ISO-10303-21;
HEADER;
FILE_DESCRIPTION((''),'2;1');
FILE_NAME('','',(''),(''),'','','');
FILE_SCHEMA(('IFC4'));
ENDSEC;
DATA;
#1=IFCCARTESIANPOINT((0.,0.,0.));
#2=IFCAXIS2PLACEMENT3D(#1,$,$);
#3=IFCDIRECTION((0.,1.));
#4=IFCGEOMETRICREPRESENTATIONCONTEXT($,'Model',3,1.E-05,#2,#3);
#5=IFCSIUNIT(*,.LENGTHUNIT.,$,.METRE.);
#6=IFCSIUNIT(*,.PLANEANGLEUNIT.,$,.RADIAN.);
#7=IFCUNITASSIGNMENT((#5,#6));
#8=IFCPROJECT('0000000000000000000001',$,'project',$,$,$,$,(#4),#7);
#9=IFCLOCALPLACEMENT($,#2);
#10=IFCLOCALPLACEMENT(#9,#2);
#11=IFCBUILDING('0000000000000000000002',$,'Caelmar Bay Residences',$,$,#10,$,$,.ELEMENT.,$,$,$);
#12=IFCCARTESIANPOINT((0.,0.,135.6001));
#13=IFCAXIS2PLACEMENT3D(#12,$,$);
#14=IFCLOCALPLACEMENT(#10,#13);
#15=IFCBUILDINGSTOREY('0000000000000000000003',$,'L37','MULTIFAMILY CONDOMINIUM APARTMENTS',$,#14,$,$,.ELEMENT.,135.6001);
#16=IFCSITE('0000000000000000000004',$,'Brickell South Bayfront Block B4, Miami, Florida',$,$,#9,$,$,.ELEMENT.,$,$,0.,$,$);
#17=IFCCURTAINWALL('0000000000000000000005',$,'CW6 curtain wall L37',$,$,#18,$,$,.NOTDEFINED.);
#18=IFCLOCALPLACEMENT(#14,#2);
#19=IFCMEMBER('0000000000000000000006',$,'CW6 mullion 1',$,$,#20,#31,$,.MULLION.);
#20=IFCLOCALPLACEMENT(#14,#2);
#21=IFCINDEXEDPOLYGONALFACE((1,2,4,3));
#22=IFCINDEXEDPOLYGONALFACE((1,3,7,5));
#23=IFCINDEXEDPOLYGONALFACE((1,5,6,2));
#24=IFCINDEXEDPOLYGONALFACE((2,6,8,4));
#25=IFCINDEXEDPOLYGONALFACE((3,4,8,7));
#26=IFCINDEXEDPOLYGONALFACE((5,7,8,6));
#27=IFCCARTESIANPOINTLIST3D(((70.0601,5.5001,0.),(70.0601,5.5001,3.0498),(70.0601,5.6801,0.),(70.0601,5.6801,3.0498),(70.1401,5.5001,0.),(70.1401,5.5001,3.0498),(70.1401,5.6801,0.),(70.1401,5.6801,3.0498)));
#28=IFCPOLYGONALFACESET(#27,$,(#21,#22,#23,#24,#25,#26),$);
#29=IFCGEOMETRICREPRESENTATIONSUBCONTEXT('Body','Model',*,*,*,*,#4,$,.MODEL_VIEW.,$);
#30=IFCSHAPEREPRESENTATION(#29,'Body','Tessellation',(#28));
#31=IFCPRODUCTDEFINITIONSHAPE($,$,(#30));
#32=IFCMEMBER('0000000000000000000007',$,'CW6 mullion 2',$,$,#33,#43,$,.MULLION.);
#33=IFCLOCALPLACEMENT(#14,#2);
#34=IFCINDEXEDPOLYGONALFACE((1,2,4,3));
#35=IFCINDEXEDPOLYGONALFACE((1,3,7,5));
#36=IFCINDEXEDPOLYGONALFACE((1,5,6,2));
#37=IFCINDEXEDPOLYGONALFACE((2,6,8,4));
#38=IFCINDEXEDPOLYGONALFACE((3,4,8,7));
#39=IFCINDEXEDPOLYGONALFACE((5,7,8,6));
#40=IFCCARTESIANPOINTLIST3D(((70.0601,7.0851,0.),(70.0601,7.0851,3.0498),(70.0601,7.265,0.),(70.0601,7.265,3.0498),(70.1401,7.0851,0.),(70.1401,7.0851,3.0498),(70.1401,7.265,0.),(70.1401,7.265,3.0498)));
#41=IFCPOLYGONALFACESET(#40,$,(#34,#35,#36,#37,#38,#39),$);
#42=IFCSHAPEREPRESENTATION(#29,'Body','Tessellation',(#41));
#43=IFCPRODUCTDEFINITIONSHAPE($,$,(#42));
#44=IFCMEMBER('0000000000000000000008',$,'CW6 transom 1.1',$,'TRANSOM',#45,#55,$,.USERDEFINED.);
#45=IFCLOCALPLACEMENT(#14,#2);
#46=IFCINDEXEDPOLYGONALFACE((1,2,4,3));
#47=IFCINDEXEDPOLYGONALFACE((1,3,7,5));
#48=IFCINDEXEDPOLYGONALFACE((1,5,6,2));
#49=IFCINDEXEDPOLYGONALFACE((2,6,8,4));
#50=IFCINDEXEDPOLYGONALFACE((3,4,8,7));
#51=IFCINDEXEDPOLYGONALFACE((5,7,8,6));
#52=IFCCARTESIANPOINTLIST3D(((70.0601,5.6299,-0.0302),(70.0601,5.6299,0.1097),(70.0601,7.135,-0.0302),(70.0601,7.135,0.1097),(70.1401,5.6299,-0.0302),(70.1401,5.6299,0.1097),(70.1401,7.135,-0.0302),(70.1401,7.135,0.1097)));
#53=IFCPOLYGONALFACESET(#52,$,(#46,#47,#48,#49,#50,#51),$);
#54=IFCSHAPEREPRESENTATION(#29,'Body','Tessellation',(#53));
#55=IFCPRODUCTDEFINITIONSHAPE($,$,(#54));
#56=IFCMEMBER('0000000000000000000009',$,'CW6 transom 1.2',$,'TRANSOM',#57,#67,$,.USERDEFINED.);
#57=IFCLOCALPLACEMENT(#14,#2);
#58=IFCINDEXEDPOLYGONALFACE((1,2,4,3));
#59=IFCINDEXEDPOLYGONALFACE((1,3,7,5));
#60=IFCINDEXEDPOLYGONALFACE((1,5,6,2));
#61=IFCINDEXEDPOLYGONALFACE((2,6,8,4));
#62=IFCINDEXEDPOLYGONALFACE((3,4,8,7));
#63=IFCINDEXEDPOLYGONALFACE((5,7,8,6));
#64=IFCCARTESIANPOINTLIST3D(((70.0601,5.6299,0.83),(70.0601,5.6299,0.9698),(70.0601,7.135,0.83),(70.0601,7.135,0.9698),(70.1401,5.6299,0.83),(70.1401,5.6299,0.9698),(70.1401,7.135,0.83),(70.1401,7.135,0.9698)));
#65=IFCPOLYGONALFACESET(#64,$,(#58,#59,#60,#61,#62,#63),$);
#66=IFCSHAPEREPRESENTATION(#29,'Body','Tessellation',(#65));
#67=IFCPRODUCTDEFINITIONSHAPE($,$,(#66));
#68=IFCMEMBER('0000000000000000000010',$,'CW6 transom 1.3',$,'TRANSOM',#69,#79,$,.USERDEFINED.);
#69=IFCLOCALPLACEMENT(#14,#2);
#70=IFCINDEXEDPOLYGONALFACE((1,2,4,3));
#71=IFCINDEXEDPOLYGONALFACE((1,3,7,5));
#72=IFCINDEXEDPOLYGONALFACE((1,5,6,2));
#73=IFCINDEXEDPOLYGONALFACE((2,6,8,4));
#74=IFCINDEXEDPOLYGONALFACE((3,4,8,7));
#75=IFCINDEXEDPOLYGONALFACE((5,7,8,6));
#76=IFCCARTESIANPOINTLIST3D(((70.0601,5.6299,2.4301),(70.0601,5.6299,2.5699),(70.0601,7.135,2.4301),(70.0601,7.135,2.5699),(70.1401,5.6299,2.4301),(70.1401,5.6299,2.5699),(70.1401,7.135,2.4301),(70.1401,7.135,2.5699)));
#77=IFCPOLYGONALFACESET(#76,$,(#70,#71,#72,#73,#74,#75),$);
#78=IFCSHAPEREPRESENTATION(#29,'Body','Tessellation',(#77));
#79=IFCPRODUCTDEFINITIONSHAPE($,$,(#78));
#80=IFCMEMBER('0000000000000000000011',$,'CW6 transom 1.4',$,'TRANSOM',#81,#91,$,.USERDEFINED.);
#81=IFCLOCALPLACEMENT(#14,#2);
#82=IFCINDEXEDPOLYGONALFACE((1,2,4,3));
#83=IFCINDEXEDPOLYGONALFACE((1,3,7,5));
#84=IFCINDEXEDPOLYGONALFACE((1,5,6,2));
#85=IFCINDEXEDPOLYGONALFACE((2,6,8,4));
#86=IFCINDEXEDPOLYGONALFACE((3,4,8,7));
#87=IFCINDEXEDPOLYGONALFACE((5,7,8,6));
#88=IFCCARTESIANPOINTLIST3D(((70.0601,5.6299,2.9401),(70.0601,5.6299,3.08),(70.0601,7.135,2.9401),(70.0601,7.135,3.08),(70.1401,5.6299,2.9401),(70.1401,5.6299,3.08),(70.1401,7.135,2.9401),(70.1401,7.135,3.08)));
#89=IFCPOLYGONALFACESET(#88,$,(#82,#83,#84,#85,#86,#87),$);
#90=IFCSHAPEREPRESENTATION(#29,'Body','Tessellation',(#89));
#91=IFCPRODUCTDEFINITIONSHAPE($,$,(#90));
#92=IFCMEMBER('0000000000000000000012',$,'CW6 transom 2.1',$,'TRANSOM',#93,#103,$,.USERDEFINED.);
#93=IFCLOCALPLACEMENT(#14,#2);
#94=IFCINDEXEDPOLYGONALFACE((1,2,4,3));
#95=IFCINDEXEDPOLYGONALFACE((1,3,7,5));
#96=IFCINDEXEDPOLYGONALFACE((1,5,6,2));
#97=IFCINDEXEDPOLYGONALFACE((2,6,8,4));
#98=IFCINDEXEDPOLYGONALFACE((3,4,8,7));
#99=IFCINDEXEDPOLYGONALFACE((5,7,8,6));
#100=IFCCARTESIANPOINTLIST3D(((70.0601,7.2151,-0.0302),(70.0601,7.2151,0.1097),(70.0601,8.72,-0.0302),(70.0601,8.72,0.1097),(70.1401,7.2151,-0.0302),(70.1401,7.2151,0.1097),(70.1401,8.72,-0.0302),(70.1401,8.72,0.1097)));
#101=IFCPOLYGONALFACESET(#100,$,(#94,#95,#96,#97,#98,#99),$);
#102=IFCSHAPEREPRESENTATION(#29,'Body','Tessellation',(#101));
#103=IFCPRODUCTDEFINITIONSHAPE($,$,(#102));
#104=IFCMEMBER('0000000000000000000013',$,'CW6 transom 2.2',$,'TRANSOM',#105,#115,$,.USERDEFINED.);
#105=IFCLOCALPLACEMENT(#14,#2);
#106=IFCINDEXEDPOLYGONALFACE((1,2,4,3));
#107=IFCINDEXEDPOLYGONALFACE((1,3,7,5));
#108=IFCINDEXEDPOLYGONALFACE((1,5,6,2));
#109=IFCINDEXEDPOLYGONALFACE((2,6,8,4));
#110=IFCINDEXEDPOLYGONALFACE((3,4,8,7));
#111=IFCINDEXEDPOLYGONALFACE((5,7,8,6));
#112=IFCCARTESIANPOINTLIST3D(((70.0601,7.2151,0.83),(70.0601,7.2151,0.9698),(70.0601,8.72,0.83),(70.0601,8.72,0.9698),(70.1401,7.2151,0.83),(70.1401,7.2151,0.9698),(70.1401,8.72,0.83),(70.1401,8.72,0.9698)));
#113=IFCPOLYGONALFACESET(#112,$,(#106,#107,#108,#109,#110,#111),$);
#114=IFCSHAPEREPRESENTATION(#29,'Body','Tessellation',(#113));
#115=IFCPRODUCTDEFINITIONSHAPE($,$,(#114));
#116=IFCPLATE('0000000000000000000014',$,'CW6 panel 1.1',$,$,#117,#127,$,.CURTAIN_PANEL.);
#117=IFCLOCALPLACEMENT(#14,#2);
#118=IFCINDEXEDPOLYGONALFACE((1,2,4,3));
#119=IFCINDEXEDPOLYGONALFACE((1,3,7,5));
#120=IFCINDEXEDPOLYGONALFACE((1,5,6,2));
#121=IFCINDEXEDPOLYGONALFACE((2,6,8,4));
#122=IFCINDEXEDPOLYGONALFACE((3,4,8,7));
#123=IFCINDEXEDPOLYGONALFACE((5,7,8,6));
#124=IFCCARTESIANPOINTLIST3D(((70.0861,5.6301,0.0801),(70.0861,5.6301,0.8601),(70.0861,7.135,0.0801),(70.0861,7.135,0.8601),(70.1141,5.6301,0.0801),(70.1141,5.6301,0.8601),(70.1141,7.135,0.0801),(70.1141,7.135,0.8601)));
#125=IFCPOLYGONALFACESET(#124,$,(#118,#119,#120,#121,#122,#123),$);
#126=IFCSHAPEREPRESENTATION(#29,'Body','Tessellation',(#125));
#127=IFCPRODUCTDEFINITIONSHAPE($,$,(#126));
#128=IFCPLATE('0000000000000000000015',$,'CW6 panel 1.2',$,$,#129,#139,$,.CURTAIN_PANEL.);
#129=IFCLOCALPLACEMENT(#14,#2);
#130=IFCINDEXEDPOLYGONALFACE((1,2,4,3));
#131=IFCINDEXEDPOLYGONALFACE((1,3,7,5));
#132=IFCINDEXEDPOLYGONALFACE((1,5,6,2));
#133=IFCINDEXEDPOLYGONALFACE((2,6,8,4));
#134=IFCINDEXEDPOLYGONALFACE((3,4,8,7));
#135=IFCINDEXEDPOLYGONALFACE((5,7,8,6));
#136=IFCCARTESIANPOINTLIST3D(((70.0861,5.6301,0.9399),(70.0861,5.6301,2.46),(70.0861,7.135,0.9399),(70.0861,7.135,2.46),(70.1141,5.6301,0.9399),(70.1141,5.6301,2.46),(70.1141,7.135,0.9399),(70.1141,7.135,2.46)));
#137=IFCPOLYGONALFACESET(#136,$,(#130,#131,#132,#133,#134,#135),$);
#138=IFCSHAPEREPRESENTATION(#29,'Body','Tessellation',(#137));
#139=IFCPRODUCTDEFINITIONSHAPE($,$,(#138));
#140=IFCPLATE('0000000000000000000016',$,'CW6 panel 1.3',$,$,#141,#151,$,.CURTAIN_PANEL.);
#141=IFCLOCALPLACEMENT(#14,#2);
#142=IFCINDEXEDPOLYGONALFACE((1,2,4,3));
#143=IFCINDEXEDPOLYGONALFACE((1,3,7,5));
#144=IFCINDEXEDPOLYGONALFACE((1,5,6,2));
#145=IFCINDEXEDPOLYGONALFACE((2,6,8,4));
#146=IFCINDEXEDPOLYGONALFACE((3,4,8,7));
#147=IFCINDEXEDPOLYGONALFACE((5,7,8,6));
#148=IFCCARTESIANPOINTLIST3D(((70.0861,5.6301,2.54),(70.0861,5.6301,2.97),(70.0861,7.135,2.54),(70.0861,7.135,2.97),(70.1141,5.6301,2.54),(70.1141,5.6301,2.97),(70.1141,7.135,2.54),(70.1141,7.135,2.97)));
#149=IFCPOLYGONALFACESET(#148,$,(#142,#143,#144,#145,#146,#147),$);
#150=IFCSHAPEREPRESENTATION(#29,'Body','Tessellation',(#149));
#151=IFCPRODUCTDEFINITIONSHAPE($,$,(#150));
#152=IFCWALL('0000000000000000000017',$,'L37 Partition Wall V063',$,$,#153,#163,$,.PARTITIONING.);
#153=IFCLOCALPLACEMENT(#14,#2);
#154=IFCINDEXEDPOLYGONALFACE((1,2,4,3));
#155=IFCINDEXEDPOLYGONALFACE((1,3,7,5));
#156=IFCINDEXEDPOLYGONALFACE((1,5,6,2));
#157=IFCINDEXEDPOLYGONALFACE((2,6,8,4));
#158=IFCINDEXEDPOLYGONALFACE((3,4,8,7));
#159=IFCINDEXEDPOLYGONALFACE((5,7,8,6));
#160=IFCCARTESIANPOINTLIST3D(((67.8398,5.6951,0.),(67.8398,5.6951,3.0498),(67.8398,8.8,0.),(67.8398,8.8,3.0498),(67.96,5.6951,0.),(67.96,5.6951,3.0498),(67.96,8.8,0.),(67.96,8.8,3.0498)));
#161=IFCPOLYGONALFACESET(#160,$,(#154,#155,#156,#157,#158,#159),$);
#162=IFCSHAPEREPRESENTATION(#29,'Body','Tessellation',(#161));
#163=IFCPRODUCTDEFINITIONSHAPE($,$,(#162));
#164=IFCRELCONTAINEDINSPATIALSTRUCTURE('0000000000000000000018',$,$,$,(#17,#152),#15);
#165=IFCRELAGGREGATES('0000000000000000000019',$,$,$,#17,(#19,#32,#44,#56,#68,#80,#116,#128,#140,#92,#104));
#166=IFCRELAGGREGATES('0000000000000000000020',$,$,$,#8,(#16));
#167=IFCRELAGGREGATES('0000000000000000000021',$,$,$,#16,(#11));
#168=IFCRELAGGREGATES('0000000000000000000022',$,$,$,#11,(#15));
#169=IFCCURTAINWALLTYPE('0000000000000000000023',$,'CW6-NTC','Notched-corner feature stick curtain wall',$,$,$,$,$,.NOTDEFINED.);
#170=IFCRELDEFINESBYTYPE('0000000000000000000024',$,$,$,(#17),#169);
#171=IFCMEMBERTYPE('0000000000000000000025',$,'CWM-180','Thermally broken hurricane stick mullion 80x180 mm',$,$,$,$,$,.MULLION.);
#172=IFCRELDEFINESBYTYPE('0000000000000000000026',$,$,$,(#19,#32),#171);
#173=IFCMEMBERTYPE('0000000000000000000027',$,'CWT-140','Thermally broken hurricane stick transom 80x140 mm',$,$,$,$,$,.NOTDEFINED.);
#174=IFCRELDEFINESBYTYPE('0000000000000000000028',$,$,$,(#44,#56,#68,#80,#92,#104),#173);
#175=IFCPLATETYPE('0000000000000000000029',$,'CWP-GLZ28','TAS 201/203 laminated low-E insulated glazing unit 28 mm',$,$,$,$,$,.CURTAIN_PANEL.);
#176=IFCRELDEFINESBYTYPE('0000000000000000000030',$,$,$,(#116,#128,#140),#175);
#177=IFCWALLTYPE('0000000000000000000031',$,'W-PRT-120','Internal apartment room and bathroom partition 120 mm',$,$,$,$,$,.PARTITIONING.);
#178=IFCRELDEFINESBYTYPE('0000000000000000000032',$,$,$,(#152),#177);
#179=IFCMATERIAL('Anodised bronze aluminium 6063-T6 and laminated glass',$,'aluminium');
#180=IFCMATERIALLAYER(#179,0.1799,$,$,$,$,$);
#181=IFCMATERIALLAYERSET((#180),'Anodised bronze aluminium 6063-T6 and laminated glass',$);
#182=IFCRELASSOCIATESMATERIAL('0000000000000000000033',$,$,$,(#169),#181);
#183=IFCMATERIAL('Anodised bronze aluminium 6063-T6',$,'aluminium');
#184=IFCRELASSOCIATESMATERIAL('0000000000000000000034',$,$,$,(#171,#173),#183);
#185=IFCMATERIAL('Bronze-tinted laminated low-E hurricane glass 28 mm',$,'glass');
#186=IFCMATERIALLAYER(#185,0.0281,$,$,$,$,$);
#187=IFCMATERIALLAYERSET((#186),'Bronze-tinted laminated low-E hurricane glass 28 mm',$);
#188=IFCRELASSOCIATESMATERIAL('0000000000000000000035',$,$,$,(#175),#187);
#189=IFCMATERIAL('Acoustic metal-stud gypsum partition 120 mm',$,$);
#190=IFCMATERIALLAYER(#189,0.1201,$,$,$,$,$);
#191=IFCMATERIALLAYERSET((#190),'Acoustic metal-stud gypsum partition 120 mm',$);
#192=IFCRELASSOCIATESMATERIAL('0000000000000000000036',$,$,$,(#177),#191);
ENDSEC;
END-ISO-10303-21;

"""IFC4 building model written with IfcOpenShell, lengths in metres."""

from ifc_helpers import new_model, si_unit, direction, frame, frame_2d, origin, origin_2d, place, context, subcontext, project, spatial, rectangle, extrude, material, layer, layer_set, material_profile, profile_set, type_object, element, aggregate, save


model = new_model("IFC4")

# Units and contexts
model_context = context("Model", 3, precision=1e-05, world=origin(), true_north=direction((0.0, 1.0)))
body_context = subcontext(model_context, "Body", "Model", "MODEL_VIEW")
ifc_project = project(units=[si_unit("LENGTHUNIT", "METRE"), si_unit("PLANEANGLEUNIT", "RADIAN")], contexts=[model_context])

# Site, building, storey
site_placement = place(None, origin())
site = spatial("IfcSite", under=ifc_project, at=site_placement, Name="Brickell South Bayfront Block B4, Miami, Florida", CompositionType="ELEMENT", RefElevation=0.0)
building_placement = place(site_placement, origin())
building = spatial("IfcBuilding", under=site, at=building_placement, Name="Caelmar Bay Residences", CompositionType="ELEMENT")
storey_placement = place(building_placement, frame((0.0, 0.0, 135.6001)))
storey = spatial("IfcBuildingStorey", under=building, at=storey_placement, Name="L37", Description="MULTIFAMILY CONDOMINIUM APARTMENTS", CompositionType="ELEMENT", Elevation=135.6001)

# Curtain wall, members, plates
ifc_material_1 = material(Name="Anodised bronze aluminium 6063-T6 and laminated glass", Category="aluminium")
ifc_layer_1 = layer(ifc_material_1, 0.1799)
ifc_layer_set_1 = layer_set([ifc_layer_1], Name="Anodised bronze aluminium 6063-T6 and laminated glass")
curtain_wall_type = type_object("IfcCurtainWallType", Name="CW6-NTC", Description="Notched-corner feature stick curtain wall", PredefinedType="NOTDEFINED", material=ifc_layer_set_1)
curtain_wall_placement = place(storey_placement, origin())
curtain_wall = element("IfcCurtainWall", 1, at=curtain_wall_placement, inside=storey, type_object=curtain_wall_type, Name="CW6 curtain wall L37", PredefinedType="NOTDEFINED")
ifc_material_2 = material(Name="Anodised bronze aluminium 6063-T6", Category="aluminium")
ifc_material_profile_1 = material_profile(ifc_material_2, rectangle(XDim=0.0801, YDim=0.1799, at=origin_2d()), Name="CWM-80X180")
ifc_profile_set_1 = profile_set([ifc_material_profile_1], Name="Anodised bronze aluminium 6063-T6")
member_type_1 = type_object("IfcMemberType", Name="CWM-180", Description="Thermally broken hurricane stick mullion 80x180 mm", PredefinedType="MULLION", material=ifc_profile_set_1)
member_1_placement = place(storey_placement, frame((70.1001, 5.5901, 0.0), z_axis=(0.0, 0.0, 1.0), x_axis=(-1.0, 0.0, 0.0)))
member_1 = element("IfcMember", 2, at=member_1_placement, type_object=member_type_1, Name="CW6 mullion 1", PredefinedType="MULLION", context=body_context, shape_type="SweptSolid", body=[
    extrude(rectangle(XDim=0.0801, YDim=0.1799, at=origin_2d()), origin(), (0.0, 0.0, 1.0), 3.0498),
])
member_2_placement = place(storey_placement, frame((70.1001, 7.175, 0.0), z_axis=(0.0, 0.0, 1.0), x_axis=(-1.0, 0.0, 0.0)))
member_2 = element("IfcMember", 3, at=member_2_placement, type_object=member_type_1, Name="CW6 mullion 2", PredefinedType="MULLION", context=body_context, shape_type="SweptSolid", body=[
    extrude(rectangle(XDim=0.0801, YDim=0.1799, at=origin_2d()), origin(), (0.0, 0.0, 1.0), 3.0498),
])
ifc_material_profile_2 = material_profile(ifc_material_2, rectangle(XDim=0.0801, YDim=0.1399, at=origin_2d()), Name="CWT-80X140")
ifc_profile_set_2 = profile_set([ifc_material_profile_2], Name="Anodised bronze aluminium 6063-T6")
member_type_2 = type_object("IfcMemberType", Name="CWT-140", Description="Thermally broken hurricane stick transom 80x140 mm", PredefinedType="NOTDEFINED", material=ifc_profile_set_2)
member_3_placement = place(storey_placement, frame((70.1001, 5.6299, 0.0398), z_axis=(0.0, 1.0, 0.0), x_axis=(-1.0, 0.0, 0.0)))
member_3 = element("IfcMember", 4, at=member_3_placement, type_object=member_type_2, Name="CW6 transom 1.1", ObjectType="TRANSOM", PredefinedType="USERDEFINED", context=body_context, shape_type="SweptSolid", body=[
    extrude(rectangle(XDim=0.0801, YDim=0.1399, at=origin_2d()), origin(), (0.0, 0.0, 1.0), 1.5051),
])
member_4_placement = place(storey_placement, frame((70.1001, 5.6299, 0.8999), z_axis=(0.0, 1.0, 0.0), x_axis=(-1.0, 0.0, 0.0)))
member_4 = element("IfcMember", 5, at=member_4_placement, type_object=member_type_2, Name="CW6 transom 1.2", ObjectType="TRANSOM", PredefinedType="USERDEFINED", context=body_context, shape_type="SweptSolid", body=[
    extrude(rectangle(XDim=0.0801, YDim=0.1399, at=origin_2d()), origin(), (0.0, 0.0, 1.0), 1.5051),
])
member_5_placement = place(storey_placement, frame((70.1001, 5.6299, 2.5), z_axis=(0.0, 1.0, 0.0), x_axis=(-1.0, 0.0, 0.0)))
member_5 = element("IfcMember", 6, at=member_5_placement, type_object=member_type_2, Name="CW6 transom 1.3", ObjectType="TRANSOM", PredefinedType="USERDEFINED", context=body_context, shape_type="SweptSolid", body=[
    extrude(rectangle(XDim=0.0801, YDim=0.1399, at=origin_2d()), origin(), (0.0, 0.0, 1.0), 1.5051),
])
member_6_placement = place(storey_placement, frame((70.1001, 5.6299, 3.01), z_axis=(0.0, 1.0, 0.0), x_axis=(-1.0, 0.0, 0.0)))
member_6 = element("IfcMember", 7, at=member_6_placement, type_object=member_type_2, Name="CW6 transom 1.4", ObjectType="TRANSOM", PredefinedType="USERDEFINED", context=body_context, shape_type="SweptSolid", body=[
    extrude(rectangle(XDim=0.0801, YDim=0.1399, at=origin_2d()), origin(), (0.0, 0.0, 1.0), 1.5051),
])
member_7_placement = place(storey_placement, frame((70.1001, 7.2151, 0.0398), z_axis=(0.0, 1.0, 0.0), x_axis=(-1.0, 0.0, 0.0)))
member_7 = element("IfcMember", 8, at=member_7_placement, type_object=member_type_2, Name="CW6 transom 2.1", ObjectType="TRANSOM", PredefinedType="USERDEFINED", context=body_context, shape_type="SweptSolid", body=[
    extrude(rectangle(XDim=0.0801, YDim=0.1399, at=origin_2d()), origin(), (0.0, 0.0, 1.0), 1.5049),
])
member_8_placement = place(storey_placement, frame((70.1001, 7.2151, 0.8999), z_axis=(0.0, 1.0, 0.0), x_axis=(-1.0, 0.0, 0.0)))
member_8 = element("IfcMember", 9, at=member_8_placement, type_object=member_type_2, Name="CW6 transom 2.2", ObjectType="TRANSOM", PredefinedType="USERDEFINED", context=body_context, shape_type="SweptSolid", body=[
    extrude(rectangle(XDim=0.0801, YDim=0.1399, at=origin_2d()), origin(), (0.0, 0.0, 1.0), 1.5049),
])
ifc_material_3 = material(Name="Bronze-tinted laminated low-E hurricane glass 28 mm", Category="glass")
ifc_layer_2 = layer(ifc_material_3, 0.0281)
ifc_layer_set_2 = layer_set([ifc_layer_2], Name="Bronze-tinted laminated low-E hurricane glass 28 mm")
plate_type = type_object("IfcPlateType", Name="CWP-GLZ28", Description="TAS 201/203 laminated low-E insulated glazing unit 28 mm", PredefinedType="CURTAIN_PANEL", material=ifc_layer_set_2)
plate_1_placement = place(storey_placement, frame((70.1001, 6.3826, 0.0801), z_axis=(0.0, 0.0, 1.0), x_axis=(0.0, 1.0, 0.0)))
plate_1 = element("IfcPlate", 10, at=plate_1_placement, type_object=plate_type, Name="CW6 panel 1.1", PredefinedType="CURTAIN_PANEL", context=body_context, shape_type="SweptSolid", body=[
    extrude(rectangle(XDim=1.5049, YDim=0.0281, at=origin_2d()), origin(), (0.0, 0.0, 1.0), 0.78),
])
plate_2_placement = place(storey_placement, frame((70.1001, 6.3826, 0.9399), z_axis=(0.0, 0.0, 1.0), x_axis=(0.0, 1.0, 0.0)))
plate_2 = element("IfcPlate", 11, at=plate_2_placement, type_object=plate_type, Name="CW6 panel 1.2", PredefinedType="CURTAIN_PANEL", context=body_context, shape_type="SweptSolid", body=[
    extrude(rectangle(XDim=1.5049, YDim=0.0281, at=origin_2d()), origin(), (0.0, 0.0, 1.0), 1.52),
])
plate_3_placement = place(storey_placement, frame((70.1001, 6.3826, 2.54), z_axis=(0.0, 0.0, 1.0), x_axis=(0.0, 1.0, 0.0)))
plate_3 = element("IfcPlate", 12, at=plate_3_placement, type_object=plate_type, Name="CW6 panel 1.3", PredefinedType="CURTAIN_PANEL", context=body_context, shape_type="SweptSolid", body=[
    extrude(rectangle(XDim=1.5049, YDim=0.0281, at=origin_2d()), origin(), (0.0, 0.0, 1.0), 0.4299),
])
aggregate(curtain_wall, [member_1, member_2, member_3, member_4, member_5, member_6, plate_1, plate_2, plate_3, member_7, member_8])

# Wall
ifc_material_4 = material(Name="Acoustic metal-stud gypsum partition 120 mm")
ifc_layer_3 = layer(ifc_material_4, 0.1201)
ifc_layer_set_3 = layer_set([ifc_layer_3], Name="Acoustic metal-stud gypsum partition 120 mm")
wall_type_1 = type_object("IfcWallType", Name="W-PRT-120", Description="Internal apartment room and bathroom partition 120 mm", PredefinedType="PARTITIONING", material=ifc_layer_set_3)
wall_1_placement = place(storey_placement, frame((67.8999, 5.6951, 0.0), z_axis=(0.0, 0.0, 1.0), x_axis=(0.0, 1.0, 0.0)))
element("IfcWall", 13, at=wall_1_placement, inside=storey, type_object=wall_type_1, Name="L37 Partition Wall V063", PredefinedType="PARTITIONING", context=body_context, shape_type="SweptSolid", body=[
    extrude(rectangle(XDim=3.105, YDim=0.1201, at=frame_2d((1.5525, 0.0))), origin(), (0.0, 0.0, 1.0), 3.0498),
])

save(model, "model.ifc")
